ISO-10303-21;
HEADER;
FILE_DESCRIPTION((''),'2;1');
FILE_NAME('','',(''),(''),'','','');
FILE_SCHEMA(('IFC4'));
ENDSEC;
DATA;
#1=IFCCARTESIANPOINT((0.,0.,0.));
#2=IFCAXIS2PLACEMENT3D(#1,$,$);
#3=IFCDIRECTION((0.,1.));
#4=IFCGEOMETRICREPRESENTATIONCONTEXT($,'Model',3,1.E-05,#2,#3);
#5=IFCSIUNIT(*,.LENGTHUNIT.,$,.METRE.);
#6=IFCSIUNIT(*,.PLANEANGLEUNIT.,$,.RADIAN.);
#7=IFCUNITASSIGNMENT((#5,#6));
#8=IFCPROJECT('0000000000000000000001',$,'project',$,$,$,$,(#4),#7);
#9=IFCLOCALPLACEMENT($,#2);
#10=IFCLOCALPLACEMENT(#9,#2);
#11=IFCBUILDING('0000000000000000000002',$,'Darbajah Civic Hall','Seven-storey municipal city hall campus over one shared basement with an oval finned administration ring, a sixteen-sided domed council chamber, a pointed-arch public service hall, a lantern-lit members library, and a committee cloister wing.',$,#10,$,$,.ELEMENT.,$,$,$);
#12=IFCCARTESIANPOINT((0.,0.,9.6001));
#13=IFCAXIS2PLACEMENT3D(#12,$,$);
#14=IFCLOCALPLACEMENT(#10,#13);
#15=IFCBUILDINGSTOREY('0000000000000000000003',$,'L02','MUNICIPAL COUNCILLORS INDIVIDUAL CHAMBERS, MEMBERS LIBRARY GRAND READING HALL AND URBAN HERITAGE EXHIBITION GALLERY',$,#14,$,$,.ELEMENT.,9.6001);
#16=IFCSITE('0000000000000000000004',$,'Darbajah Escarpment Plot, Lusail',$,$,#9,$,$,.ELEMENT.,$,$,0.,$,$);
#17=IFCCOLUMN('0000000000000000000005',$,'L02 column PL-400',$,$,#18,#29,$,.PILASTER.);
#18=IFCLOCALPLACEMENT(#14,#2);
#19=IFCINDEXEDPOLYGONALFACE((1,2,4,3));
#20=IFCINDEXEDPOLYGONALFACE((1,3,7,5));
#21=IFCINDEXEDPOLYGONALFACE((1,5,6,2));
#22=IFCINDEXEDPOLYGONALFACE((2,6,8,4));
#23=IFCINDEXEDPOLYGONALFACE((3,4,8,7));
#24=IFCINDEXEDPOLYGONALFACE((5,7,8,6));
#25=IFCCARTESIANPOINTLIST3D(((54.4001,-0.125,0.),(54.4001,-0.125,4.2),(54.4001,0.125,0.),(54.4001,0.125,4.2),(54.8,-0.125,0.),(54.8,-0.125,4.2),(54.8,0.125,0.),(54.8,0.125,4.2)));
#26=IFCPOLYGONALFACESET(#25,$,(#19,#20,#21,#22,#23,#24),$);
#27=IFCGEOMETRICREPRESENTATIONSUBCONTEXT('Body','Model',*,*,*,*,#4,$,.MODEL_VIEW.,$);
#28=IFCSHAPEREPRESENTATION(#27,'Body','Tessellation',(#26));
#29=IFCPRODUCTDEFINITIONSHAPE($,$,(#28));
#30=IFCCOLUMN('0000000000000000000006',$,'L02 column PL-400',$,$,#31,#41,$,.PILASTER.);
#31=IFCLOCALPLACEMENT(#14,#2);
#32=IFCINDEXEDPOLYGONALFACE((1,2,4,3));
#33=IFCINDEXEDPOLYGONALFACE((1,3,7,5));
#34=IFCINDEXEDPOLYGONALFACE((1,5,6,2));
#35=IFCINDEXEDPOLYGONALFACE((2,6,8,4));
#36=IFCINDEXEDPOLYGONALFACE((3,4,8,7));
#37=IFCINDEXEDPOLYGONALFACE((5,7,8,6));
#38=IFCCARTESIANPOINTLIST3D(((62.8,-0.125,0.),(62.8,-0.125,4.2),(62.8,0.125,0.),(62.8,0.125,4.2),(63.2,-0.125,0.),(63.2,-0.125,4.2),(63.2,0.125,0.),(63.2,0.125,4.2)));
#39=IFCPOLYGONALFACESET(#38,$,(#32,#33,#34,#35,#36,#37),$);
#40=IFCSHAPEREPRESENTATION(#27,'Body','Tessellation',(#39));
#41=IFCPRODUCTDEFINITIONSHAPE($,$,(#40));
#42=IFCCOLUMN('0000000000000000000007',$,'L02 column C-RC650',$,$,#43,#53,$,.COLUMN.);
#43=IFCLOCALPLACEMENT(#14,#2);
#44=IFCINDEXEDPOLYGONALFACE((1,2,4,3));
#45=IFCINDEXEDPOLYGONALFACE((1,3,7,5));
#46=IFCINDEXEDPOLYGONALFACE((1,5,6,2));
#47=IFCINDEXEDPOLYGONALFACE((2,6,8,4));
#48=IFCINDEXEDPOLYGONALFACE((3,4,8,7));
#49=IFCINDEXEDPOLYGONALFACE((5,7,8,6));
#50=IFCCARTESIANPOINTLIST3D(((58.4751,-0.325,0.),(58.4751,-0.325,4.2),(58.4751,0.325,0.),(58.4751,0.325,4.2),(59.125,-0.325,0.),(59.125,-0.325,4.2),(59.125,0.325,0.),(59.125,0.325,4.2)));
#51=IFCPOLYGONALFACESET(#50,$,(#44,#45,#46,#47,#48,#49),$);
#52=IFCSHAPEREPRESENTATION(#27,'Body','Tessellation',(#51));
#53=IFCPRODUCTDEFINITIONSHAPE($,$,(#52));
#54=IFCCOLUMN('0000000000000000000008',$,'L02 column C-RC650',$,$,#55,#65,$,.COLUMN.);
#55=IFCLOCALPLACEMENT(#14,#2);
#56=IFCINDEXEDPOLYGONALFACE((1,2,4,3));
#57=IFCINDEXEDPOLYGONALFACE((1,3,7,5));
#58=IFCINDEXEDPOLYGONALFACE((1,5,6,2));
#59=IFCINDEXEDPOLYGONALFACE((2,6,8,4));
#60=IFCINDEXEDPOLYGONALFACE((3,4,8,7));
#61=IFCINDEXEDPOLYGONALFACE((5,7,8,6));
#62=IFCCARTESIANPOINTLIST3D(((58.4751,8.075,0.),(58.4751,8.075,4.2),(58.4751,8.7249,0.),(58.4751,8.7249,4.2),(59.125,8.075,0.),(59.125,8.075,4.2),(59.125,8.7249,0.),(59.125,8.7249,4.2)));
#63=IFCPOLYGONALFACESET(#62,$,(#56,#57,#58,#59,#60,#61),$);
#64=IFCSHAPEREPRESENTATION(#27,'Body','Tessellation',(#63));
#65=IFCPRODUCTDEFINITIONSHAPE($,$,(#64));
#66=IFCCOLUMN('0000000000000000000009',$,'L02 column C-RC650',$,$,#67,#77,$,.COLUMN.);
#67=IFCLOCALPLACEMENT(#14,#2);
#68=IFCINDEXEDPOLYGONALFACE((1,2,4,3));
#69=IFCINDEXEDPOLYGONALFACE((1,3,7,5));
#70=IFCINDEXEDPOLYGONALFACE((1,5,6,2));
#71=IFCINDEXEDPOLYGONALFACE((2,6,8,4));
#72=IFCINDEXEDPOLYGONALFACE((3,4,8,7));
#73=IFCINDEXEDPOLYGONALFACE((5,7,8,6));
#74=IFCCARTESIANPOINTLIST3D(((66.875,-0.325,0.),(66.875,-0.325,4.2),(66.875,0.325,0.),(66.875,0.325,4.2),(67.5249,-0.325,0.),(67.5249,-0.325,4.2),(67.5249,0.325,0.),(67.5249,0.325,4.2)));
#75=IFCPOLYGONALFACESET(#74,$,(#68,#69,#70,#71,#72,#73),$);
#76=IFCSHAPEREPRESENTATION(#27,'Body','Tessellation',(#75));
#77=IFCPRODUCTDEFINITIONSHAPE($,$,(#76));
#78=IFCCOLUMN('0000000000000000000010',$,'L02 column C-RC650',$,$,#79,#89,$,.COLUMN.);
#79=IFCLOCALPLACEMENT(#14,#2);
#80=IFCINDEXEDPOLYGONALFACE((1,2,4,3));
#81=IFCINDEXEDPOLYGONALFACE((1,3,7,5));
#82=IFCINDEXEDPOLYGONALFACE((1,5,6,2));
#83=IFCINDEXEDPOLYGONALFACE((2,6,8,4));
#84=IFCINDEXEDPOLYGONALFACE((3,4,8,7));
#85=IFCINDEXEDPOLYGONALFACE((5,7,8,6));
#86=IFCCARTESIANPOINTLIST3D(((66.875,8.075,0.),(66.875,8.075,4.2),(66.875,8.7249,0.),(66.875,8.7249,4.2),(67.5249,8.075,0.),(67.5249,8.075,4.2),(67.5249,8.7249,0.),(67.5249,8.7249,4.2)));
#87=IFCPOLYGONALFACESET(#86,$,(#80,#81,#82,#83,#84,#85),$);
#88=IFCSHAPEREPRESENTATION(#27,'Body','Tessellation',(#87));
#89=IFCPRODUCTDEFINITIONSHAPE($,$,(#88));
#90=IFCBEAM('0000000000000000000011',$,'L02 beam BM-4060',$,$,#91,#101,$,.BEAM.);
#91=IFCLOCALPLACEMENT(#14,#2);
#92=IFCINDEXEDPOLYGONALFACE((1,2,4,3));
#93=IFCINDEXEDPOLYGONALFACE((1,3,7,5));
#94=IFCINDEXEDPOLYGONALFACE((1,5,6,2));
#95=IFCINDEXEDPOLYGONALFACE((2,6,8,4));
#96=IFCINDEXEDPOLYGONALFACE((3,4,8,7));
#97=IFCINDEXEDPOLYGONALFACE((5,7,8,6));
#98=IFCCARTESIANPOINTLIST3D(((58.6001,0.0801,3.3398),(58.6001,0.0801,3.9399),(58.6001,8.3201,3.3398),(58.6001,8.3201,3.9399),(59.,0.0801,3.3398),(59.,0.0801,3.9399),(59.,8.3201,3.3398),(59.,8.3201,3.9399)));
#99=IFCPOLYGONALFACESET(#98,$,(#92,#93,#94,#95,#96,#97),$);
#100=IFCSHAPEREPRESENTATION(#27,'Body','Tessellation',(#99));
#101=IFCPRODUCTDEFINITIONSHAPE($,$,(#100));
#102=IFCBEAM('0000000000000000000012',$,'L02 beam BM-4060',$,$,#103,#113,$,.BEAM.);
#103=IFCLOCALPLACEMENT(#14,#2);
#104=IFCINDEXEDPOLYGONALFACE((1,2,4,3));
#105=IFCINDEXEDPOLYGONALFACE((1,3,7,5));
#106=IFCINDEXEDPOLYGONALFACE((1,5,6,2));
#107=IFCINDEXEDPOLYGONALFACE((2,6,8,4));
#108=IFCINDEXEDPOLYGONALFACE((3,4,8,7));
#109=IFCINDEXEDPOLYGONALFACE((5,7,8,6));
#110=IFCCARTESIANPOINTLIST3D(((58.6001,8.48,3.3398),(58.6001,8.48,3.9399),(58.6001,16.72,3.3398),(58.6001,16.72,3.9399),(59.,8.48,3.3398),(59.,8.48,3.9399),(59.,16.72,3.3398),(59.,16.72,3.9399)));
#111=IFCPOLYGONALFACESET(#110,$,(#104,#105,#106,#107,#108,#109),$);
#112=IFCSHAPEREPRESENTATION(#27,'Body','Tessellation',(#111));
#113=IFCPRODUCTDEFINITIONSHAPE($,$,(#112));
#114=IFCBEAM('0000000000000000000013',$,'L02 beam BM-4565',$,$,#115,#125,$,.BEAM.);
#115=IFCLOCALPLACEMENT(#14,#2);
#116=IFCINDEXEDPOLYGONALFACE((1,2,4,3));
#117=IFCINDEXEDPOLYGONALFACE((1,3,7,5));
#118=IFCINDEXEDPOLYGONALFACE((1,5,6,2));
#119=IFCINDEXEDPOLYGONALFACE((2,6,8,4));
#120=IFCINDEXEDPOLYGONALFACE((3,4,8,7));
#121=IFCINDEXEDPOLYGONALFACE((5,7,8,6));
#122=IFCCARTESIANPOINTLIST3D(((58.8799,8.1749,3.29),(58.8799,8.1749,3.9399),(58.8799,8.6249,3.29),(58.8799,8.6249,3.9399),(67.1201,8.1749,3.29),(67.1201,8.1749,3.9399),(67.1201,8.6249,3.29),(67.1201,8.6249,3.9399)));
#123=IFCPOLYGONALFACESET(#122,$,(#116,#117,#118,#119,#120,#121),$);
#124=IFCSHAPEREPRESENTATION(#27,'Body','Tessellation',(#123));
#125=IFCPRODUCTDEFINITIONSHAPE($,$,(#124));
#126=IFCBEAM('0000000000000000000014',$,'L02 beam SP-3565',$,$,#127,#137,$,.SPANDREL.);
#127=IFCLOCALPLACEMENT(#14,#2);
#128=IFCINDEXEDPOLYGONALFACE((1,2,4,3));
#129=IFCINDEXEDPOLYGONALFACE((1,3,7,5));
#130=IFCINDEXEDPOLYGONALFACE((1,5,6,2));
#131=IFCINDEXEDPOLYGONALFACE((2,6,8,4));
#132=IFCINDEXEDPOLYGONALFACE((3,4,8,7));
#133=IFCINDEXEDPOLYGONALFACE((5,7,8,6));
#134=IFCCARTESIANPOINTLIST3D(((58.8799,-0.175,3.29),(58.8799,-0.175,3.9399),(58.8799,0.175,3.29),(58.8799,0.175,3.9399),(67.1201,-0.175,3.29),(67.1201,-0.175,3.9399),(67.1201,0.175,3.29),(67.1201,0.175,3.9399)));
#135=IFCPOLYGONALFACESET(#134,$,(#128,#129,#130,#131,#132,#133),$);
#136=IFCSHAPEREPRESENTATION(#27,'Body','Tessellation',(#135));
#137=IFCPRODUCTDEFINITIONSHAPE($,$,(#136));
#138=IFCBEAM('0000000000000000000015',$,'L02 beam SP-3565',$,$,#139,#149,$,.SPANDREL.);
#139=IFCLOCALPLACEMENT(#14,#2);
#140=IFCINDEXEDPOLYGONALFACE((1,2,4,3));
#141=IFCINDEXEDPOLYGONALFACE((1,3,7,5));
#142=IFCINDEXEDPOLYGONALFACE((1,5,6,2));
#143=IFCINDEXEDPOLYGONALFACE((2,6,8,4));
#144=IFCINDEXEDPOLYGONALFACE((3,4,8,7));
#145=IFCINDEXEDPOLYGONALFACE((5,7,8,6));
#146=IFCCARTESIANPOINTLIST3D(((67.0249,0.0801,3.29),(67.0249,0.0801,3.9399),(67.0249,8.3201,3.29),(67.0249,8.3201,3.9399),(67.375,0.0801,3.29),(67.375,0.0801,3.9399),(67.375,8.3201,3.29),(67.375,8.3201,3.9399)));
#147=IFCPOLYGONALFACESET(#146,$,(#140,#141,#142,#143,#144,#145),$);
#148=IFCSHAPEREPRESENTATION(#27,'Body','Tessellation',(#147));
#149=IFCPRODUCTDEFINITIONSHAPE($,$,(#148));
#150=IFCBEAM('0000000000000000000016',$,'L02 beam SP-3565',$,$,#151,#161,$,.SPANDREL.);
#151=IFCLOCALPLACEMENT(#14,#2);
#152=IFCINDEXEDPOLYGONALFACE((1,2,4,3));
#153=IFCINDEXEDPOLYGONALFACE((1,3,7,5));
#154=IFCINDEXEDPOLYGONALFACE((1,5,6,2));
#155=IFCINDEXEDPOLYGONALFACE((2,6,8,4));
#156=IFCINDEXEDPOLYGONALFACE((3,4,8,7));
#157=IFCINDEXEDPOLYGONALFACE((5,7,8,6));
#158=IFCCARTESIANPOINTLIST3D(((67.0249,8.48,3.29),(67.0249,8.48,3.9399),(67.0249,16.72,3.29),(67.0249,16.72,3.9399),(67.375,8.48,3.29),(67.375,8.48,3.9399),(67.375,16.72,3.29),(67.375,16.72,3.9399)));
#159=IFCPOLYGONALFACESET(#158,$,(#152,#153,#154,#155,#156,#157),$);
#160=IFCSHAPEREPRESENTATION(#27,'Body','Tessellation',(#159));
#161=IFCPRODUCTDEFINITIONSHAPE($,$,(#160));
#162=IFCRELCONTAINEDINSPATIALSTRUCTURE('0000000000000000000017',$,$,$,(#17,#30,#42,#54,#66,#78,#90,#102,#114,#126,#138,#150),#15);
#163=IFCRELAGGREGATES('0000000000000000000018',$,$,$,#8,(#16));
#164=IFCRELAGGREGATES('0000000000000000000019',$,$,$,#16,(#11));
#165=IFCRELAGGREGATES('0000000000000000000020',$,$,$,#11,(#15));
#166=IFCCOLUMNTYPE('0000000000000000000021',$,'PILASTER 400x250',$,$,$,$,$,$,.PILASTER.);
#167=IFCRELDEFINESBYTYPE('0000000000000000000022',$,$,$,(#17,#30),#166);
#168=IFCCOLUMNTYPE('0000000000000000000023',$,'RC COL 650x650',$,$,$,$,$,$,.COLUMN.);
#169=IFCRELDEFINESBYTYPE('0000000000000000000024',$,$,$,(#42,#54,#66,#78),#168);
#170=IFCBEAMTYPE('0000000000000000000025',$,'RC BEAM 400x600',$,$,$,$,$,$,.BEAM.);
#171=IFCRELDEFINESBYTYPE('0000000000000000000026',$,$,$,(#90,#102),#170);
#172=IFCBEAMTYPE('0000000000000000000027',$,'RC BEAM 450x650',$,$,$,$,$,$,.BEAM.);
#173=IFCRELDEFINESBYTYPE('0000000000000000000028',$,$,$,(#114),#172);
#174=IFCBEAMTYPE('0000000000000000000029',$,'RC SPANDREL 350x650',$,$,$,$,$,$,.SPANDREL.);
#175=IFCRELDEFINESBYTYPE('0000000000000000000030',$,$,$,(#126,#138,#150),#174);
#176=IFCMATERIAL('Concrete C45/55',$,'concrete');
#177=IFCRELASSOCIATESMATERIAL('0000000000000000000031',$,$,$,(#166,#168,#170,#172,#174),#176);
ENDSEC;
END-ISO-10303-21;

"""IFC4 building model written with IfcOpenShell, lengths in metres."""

from ifc_helpers import new_model, si_unit, direction, frame, origin, origin_2d, place, context, subcontext, project, spatial, rectangle, extrude, material, material_profile, profile_set, type_object, element, save


model = new_model("IFC4")

# Units and contexts
model_context = context("Model", 3, precision=1e-05, world=origin(), true_north=direction((0.0, 1.0)))
body_context = subcontext(model_context, "Body", "Model", "MODEL_VIEW")
ifc_project = project(units=[si_unit("LENGTHUNIT", "METRE"), si_unit("PLANEANGLEUNIT", "RADIAN")], contexts=[model_context])

# Site, building, storey
site_placement = place(None, origin())
site = spatial("IfcSite", under=ifc_project, at=site_placement, Name="Darbajah Escarpment Plot, Lusail", CompositionType="ELEMENT", RefElevation=0.0)
building_placement = place(site_placement, origin())
building = spatial("IfcBuilding", under=site, at=building_placement, Name="Darbajah Civic Hall", Description="Seven-storey municipal city hall campus over one shared basement with an oval finned administration ring, a sixteen-sided domed council chamber, a pointed-arch public service hall, a lantern-lit members library, and a committee cloister wing.", CompositionType="ELEMENT")
storey_placement = place(building_placement, frame((0.0, 0.0, 9.6001)))
storey = spatial("IfcBuildingStorey", under=building, at=storey_placement, Name="L02", Description="MUNICIPAL COUNCILLORS INDIVIDUAL CHAMBERS, MEMBERS LIBRARY GRAND READING HALL AND URBAN HERITAGE EXHIBITION GALLERY", CompositionType="ELEMENT", Elevation=9.6001)

# Columns
ifc_material_1 = material(Name="Concrete C45/55", Category="concrete")
ifc_material_profile_1 = material_profile(ifc_material_1, rectangle(XDim=0.3999, YDim=0.25, at=origin_2d()), Name="PILASTER 400x250")
ifc_profile_set_1 = profile_set([ifc_material_profile_1], Name="Concrete C45/55")
column_type_1 = type_object("IfcColumnType", Name="PILASTER 400x250", PredefinedType="PILASTER", material=ifc_profile_set_1)
for number, where, z_axis, x_axis, name in (
    (1, (54.6001, 0.0, 0.0), (0.0, 0.0, 1.0), (1.0, 0.0, 0.0), "L02 column PL-400"),
    (2, (63.0, 0.0, 0.0), (0.0, 0.0, 1.0), (1.0, 0.0, 0.0), "L02 column PL-400"),
):
    element("IfcColumn", number, at=place(storey_placement, frame(where, z_axis=z_axis, x_axis=x_axis)), inside=storey, type_object=column_type_1, Name=name, PredefinedType="PILASTER", context=body_context, shape_type="SweptSolid", body=[
        extrude(rectangle(XDim=0.3999, YDim=0.25, at=origin_2d()), origin(), (0.0, 0.0, 1.0), 4.2),
    ])
ifc_material_profile_2 = material_profile(ifc_material_1, rectangle(XDim=0.6499, YDim=0.6499, at=origin_2d()), Name="RC COL 650x650")
ifc_profile_set_2 = profile_set([ifc_material_profile_2], Name="Concrete C45/55")
column_type_2 = type_object("IfcColumnType", Name="RC COL 650x650", PredefinedType="COLUMN", material=ifc_profile_set_2)
for number, where, z_axis, x_axis, name in (
    (3, (58.8, 0.0, 0.0), (0.0, 0.0, 1.0), (1.0, 0.0, 0.0), "L02 column C-RC650"),
    (4, (58.8, 8.3999, 0.0), (0.0, 0.0, 1.0), (1.0, 0.0, 0.0), "L02 column C-RC650"),
    (5, (67.2, 0.0, 0.0), (0.0, 0.0, 1.0), (1.0, 0.0, 0.0), "L02 column C-RC650"),
    (6, (67.2, 8.3999, 0.0), (0.0, 0.0, 1.0), (1.0, 0.0, 0.0), "L02 column C-RC650"),
):
    element("IfcColumn", number, at=place(storey_placement, frame(where, z_axis=z_axis, x_axis=x_axis)), inside=storey, type_object=column_type_2, Name=name, PredefinedType="COLUMN", context=body_context, shape_type="SweptSolid", body=[
        extrude(rectangle(XDim=0.6499, YDim=0.6499, at=origin_2d()), origin(), (0.0, 0.0, 1.0), 4.2),
    ])

# Beams
ifc_material_profile_3 = material_profile(ifc_material_1, rectangle(XDim=0.3999, YDim=0.6001, at=origin_2d()), Name="RC BEAM 400x600")
ifc_profile_set_3 = profile_set([ifc_material_profile_3], Name="Concrete C45/55")
beam_type_1 = type_object("IfcBeamType", Name="RC BEAM 400x600", PredefinedType="BEAM", material=ifc_profile_set_3)
for number, where, z_axis, x_axis, name in (
    (7, (58.8, 0.0801, 3.6399), (0.0, 1.0, 0.0), (-1.0, 0.0, 0.0), "L02 beam BM-4060"),
    (8, (58.8, 8.48, 3.6399), (0.0, 1.0, 0.0), (-1.0, 0.0, 0.0), "L02 beam BM-4060"),
):
    element("IfcBeam", number, at=place(storey_placement, frame(where, z_axis=z_axis, x_axis=x_axis)), inside=storey, type_object=beam_type_1, Name=name, PredefinedType="BEAM", context=body_context, shape_type="SweptSolid", body=[
        extrude(rectangle(XDim=0.3999, YDim=0.6001, at=origin_2d()), origin(), (0.0, 0.0, 1.0), 8.24),
    ])
ifc_material_profile_4 = material_profile(ifc_material_1, rectangle(XDim=0.45, YDim=0.6499, at=origin_2d()), Name="RC BEAM 450x650")
ifc_profile_set_4 = profile_set([ifc_material_profile_4], Name="Concrete C45/55")
beam_type_2 = type_object("IfcBeamType", Name="RC BEAM 450x650", PredefinedType="BEAM", material=ifc_profile_set_4)
beam_1_placement = place(storey_placement, frame((58.8799, 8.3999, 3.615), z_axis=(1.0, 0.0, 0.0), x_axis=(0.0, 1.0, 0.0)))
element("IfcBeam", 9, at=beam_1_placement, inside=storey, type_object=beam_type_2, Name="L02 beam BM-4565", PredefinedType="BEAM", context=body_context, shape_type="SweptSolid", body=[
    extrude(rectangle(XDim=0.45, YDim=0.6499, at=origin_2d()), origin(), (0.0, 0.0, 1.0), 8.2402),
])
ifc_material_profile_5 = material_profile(ifc_material_1, rectangle(XDim=0.3501, YDim=0.6499, at=origin_2d()), Name="RC SPANDREL 350x650")
ifc_profile_set_5 = profile_set([ifc_material_profile_5], Name="Concrete C45/55")
beam_type_3 = type_object("IfcBeamType", Name="RC SPANDREL 350x650", PredefinedType="SPANDREL", material=ifc_profile_set_5)
beam_2_placement = place(storey_placement, frame((58.8799, 0.0, 3.615), z_axis=(1.0, 0.0, 0.0), x_axis=(0.0, 1.0, 0.0)))
element("IfcBeam", 10, at=beam_2_placement, inside=storey, type_object=beam_type_3, Name="L02 beam SP-3565", PredefinedType="SPANDREL", context=body_context, shape_type="SweptSolid", body=[
    extrude(rectangle(XDim=0.3501, YDim=0.6499, at=origin_2d()), origin(), (0.0, 0.0, 1.0), 8.2402),
])
for number, where, z_axis, x_axis, name in (
    (11, (67.2, 0.0801, 3.615), (0.0, 1.0, 0.0), (-1.0, 0.0, 0.0), "L02 beam SP-3565"),
    (12, (67.2, 8.48, 3.615), (0.0, 1.0, 0.0), (-1.0, 0.0, 0.0), "L02 beam SP-3565"),
):
    element("IfcBeam", number, at=place(storey_placement, frame(where, z_axis=z_axis, x_axis=x_axis)), inside=storey, type_object=beam_type_3, Name=name, PredefinedType="SPANDREL", context=body_context, shape_type="SweptSolid", body=[
        extrude(rectangle(XDim=0.3501, YDim=0.6499, at=origin_2d()), origin(), (0.0, 0.0, 1.0), 8.24),
    ])

save(model, "model.ifc")
